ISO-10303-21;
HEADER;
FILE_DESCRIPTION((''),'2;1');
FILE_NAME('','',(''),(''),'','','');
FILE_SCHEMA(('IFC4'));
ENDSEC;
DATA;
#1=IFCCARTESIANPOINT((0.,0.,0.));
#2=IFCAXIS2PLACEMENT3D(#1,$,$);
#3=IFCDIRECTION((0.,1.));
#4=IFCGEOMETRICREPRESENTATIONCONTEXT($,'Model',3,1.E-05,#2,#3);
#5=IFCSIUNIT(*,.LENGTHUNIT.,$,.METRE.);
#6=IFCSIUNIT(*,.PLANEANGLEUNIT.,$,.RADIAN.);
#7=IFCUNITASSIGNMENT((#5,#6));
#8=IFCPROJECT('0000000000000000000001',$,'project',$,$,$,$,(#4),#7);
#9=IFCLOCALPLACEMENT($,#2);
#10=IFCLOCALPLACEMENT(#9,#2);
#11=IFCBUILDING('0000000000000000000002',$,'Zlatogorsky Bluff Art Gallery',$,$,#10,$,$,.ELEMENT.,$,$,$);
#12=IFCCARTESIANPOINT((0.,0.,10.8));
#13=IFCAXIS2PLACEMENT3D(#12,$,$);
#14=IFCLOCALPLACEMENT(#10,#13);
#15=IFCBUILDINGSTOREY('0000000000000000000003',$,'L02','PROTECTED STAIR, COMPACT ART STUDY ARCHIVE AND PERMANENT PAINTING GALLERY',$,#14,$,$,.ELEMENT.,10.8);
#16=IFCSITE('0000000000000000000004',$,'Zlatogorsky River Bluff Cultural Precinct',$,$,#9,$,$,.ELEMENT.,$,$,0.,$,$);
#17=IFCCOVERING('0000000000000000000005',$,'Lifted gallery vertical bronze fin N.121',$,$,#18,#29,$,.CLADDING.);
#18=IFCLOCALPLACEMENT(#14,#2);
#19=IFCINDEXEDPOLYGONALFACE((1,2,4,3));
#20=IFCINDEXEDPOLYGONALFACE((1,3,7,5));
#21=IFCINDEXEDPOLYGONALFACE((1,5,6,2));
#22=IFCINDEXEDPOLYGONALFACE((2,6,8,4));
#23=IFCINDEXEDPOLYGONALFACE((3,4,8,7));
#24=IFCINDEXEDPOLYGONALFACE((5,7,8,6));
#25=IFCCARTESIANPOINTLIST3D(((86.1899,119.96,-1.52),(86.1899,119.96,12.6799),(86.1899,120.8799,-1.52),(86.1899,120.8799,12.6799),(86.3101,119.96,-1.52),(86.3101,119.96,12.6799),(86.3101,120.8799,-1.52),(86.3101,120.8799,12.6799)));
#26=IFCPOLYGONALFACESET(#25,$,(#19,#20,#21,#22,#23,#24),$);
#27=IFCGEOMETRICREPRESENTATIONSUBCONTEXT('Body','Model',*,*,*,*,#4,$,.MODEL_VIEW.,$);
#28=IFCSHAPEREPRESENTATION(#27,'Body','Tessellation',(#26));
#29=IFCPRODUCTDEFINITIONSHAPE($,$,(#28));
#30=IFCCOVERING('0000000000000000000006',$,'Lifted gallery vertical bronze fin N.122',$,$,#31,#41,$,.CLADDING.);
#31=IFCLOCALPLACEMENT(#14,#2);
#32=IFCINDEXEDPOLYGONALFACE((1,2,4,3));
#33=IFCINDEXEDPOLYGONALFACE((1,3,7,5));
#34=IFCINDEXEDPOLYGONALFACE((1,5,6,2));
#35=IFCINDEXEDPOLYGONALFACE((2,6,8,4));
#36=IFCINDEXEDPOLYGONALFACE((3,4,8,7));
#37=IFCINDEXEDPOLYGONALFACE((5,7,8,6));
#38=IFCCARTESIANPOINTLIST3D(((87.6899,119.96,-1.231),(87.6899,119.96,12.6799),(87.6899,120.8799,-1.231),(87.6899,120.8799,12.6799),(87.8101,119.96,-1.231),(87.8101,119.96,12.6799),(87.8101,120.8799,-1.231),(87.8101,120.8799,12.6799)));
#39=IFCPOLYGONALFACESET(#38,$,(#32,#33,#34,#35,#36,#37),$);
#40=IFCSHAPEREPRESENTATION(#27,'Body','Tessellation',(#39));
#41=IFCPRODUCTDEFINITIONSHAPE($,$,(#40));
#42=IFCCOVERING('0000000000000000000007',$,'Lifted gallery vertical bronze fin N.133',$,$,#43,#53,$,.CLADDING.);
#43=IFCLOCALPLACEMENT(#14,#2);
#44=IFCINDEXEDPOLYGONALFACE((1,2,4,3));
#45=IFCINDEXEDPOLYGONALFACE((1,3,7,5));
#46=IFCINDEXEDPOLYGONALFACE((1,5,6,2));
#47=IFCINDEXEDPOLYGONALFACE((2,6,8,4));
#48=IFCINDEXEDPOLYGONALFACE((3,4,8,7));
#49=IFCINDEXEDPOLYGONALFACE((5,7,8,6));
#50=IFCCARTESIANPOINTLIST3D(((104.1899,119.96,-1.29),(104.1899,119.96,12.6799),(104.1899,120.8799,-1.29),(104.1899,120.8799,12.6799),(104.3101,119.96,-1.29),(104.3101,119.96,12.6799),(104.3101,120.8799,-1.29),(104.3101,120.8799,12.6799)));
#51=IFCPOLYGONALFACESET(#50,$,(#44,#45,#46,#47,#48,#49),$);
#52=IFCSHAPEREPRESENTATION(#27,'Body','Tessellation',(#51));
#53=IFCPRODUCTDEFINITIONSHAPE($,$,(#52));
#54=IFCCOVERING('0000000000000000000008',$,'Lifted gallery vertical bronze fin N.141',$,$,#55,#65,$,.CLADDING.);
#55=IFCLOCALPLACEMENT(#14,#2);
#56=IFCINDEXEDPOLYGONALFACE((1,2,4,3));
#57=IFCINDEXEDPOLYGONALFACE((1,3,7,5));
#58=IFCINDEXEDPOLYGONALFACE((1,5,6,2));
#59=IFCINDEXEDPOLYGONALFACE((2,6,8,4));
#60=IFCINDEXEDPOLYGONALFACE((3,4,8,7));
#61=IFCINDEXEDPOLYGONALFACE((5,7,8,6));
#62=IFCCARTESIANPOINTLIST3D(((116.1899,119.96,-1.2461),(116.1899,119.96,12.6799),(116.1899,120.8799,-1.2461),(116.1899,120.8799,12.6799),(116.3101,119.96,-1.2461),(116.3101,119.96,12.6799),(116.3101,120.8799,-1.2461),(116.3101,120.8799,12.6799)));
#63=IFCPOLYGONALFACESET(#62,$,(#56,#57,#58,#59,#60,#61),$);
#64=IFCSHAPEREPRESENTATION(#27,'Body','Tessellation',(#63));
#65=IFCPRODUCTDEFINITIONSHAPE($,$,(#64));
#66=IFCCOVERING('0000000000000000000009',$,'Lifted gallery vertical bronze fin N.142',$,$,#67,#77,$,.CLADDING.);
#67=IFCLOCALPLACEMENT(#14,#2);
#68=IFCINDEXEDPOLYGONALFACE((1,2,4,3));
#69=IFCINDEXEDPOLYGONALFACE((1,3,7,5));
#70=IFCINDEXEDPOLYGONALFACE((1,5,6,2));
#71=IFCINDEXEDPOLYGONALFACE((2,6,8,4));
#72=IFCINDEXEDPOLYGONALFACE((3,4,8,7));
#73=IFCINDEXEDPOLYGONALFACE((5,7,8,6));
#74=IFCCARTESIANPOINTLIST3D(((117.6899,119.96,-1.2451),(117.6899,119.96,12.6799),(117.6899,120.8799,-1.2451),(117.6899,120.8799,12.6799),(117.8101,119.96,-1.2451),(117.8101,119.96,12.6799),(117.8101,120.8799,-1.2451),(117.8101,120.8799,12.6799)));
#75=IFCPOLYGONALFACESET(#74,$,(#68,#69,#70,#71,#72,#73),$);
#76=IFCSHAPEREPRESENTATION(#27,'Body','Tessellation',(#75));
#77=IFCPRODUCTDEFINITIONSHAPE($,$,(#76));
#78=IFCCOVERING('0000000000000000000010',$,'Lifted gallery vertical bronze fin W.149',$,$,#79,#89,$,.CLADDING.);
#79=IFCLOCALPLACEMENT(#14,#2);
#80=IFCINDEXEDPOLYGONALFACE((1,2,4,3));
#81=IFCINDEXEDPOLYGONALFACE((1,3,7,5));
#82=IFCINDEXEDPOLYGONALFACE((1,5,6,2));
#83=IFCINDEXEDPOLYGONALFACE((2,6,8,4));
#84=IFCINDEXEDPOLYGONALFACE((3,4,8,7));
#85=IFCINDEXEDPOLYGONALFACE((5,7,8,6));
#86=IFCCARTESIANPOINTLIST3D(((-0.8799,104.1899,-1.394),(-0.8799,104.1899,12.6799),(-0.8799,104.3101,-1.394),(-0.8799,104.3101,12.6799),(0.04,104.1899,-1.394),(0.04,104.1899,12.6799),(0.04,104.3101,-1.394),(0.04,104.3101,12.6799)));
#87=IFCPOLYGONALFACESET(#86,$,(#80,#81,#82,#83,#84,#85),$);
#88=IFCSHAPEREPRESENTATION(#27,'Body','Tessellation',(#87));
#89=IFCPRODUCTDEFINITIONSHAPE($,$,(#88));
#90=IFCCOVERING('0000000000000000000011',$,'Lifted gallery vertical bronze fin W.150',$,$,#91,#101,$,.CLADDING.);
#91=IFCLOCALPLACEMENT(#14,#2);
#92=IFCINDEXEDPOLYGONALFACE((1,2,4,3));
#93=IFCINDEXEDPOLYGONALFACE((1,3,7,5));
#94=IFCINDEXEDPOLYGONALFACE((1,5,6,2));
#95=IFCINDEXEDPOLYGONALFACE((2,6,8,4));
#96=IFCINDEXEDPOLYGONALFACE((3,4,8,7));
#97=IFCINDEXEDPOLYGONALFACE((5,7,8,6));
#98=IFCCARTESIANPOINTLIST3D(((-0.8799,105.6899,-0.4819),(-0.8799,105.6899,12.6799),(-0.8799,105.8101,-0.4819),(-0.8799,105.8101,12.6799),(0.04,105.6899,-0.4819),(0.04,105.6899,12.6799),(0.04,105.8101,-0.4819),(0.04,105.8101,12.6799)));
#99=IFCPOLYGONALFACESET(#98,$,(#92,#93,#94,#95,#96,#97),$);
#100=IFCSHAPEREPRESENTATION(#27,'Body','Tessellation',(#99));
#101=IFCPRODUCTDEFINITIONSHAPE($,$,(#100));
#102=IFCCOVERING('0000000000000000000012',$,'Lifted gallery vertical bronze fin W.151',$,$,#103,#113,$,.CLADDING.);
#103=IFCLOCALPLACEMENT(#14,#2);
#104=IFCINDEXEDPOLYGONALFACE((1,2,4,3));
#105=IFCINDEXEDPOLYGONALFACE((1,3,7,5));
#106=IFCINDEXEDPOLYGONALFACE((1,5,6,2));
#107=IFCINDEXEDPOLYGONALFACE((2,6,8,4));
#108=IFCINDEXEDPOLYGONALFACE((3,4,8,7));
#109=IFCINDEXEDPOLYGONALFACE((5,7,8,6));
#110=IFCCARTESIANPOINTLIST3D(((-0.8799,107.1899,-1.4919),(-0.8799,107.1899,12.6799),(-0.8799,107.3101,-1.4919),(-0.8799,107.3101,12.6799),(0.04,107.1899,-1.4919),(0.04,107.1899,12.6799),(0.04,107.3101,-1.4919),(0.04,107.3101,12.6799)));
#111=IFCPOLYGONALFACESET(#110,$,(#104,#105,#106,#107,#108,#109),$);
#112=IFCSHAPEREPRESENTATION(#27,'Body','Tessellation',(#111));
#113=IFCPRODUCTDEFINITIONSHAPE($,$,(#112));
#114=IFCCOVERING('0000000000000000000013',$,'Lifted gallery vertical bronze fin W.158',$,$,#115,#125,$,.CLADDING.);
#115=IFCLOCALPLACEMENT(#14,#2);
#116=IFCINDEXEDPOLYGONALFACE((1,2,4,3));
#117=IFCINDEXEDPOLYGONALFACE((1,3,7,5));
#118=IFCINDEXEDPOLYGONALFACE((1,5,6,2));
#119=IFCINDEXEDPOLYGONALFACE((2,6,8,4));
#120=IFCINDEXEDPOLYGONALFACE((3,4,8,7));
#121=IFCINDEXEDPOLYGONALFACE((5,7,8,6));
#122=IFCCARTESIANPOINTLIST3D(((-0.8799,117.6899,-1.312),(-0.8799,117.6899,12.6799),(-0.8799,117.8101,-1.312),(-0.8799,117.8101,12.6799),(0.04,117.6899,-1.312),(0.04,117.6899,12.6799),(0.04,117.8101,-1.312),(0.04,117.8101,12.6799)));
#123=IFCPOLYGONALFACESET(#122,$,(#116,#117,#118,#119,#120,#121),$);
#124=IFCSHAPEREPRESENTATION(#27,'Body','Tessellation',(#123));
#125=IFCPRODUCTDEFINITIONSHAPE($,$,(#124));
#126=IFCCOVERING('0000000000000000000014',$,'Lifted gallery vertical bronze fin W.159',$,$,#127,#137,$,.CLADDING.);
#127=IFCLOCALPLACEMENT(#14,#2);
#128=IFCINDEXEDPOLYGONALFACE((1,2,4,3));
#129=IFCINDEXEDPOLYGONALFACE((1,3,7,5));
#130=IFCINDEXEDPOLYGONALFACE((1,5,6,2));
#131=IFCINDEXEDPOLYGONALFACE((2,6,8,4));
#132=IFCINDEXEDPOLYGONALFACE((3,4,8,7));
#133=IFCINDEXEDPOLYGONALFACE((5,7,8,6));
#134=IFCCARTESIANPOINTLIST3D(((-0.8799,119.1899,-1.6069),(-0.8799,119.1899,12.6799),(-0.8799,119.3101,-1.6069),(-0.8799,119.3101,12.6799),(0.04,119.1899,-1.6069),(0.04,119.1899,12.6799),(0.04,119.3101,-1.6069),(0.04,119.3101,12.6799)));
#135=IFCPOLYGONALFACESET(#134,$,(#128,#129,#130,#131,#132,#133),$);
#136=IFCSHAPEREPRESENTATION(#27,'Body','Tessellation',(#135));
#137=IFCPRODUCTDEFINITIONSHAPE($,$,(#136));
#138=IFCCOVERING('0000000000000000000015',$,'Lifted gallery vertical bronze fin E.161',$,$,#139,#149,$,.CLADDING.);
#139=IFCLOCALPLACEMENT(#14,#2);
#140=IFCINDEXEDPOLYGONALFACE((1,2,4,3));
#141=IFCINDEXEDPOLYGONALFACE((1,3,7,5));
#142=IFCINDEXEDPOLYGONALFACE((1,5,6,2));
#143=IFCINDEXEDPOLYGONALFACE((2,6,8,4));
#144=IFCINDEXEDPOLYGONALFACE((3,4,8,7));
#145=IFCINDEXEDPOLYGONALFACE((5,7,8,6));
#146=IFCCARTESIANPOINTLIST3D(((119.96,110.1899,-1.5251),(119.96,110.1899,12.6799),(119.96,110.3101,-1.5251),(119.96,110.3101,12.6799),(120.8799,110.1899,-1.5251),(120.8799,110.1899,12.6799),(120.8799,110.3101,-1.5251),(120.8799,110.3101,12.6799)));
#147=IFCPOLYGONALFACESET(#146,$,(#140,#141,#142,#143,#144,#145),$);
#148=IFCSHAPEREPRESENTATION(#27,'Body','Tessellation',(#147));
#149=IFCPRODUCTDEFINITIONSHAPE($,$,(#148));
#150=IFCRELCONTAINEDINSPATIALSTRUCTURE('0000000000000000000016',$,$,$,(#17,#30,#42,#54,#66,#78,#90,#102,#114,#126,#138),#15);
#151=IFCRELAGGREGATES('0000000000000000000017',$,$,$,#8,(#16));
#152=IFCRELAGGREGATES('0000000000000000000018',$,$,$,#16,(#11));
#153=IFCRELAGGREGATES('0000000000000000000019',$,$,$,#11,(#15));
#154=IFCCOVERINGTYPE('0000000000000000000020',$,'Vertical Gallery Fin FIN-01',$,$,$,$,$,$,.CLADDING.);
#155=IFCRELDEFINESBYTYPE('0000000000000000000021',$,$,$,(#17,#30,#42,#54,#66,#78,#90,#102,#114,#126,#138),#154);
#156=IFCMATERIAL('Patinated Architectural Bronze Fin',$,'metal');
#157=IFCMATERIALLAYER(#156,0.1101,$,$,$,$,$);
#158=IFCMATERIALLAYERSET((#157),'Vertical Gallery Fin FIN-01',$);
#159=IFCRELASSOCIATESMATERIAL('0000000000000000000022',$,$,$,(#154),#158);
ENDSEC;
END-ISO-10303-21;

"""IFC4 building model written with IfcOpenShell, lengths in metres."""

from ifc_helpers import new_model, si_unit, direction, frame, origin, place, context, subcontext, project, spatial, polyline, outline, extrude, material, layer, layer_set, type_object, element, save


model = new_model("IFC4")

# Units and contexts
model_context = context("Model", 3, precision=1e-05, world=origin(), true_north=direction((0.0, 1.0)))
body_context = subcontext(model_context, "Body", "Model", "MODEL_VIEW")
ifc_project = project(units=[si_unit("LENGTHUNIT", "METRE"), si_unit("PLANEANGLEUNIT", "RADIAN")], contexts=[model_context])

# Site, building, storey
site_placement = place(None, origin())
site = spatial("IfcSite", under=ifc_project, at=site_placement, Name="Zlatogorsky River Bluff Cultural Precinct", CompositionType="ELEMENT", RefElevation=0.0)
building_placement = place(site_placement, origin())
building = spatial("IfcBuilding", under=site, at=building_placement, Name="Zlatogorsky Bluff Art Gallery", CompositionType="ELEMENT")
storey_placement = place(building_placement, frame((0.0, 0.0, 10.8)))
storey = spatial("IfcBuildingStorey", under=building, at=storey_placement, Name="L02", Description="PROTECTED STAIR, COMPACT ART STUDY ARCHIVE AND PERMANENT PAINTING GALLERY", CompositionType="ELEMENT", Elevation=10.8)

# Coverings
ifc_material_1 = material(Name="Patinated Architectural Bronze Fin", Category="metal")
ifc_layer_1 = layer(ifc_material_1, 0.1101)
ifc_layer_set_1 = layer_set([ifc_layer_1], Name="Vertical Gallery Fin FIN-01")
covering_type_1 = type_object("IfcCoveringType", Name="Vertical Gallery Fin FIN-01", PredefinedType="CLADDING", material=ifc_layer_set_1)
covering_1_placement = place(storey_placement, frame((0.0, 0.0, -1.52)))
element("IfcCovering", 1, at=covering_1_placement, inside=storey, type_object=covering_type_1, Name="Lifted gallery vertical bronze fin N.121", PredefinedType="CLADDING", context=body_context, shape_type="SweptSolid", body=[
    extrude(outline(polyline([(86.1899, 119.96), (86.3101, 119.96), (86.3101, 120.8799), (86.1899, 120.8799), (86.1899, 119.96)])), origin(), (0.0, 0.0, 1.0), 14.2),
])
covering_2_placement = place(storey_placement, frame((0.0, 0.0, -1.231)))
element("IfcCovering", 2, at=covering_2_placement, inside=storey, type_object=covering_type_1, Name="Lifted gallery vertical bronze fin N.122", PredefinedType="CLADDING", context=body_context, shape_type="SweptSolid", body=[
    extrude(outline(polyline([(87.6899, 119.96), (87.8101, 119.96), (87.8101, 120.8799), (87.6899, 120.8799), (87.6899, 119.96)])), origin(), (0.0, 0.0, 1.0), 13.9109),
])
covering_3_placement = place(storey_placement, frame((0.0, 0.0, -1.29)))
element("IfcCovering", 3, at=covering_3_placement, inside=storey, type_object=covering_type_1, Name="Lifted gallery vertical bronze fin N.133", PredefinedType="CLADDING", context=body_context, shape_type="SweptSolid", body=[
    extrude(outline(polyline([(104.1899, 119.96), (104.3101, 119.96), (104.3101, 120.8799), (104.1899, 120.8799), (104.1899, 119.96)])), origin(), (0.0, 0.0, 1.0), 13.97),
])
covering_4_placement = place(storey_placement, frame((0.0, 0.0, -1.2461)))
element("IfcCovering", 4, at=covering_4_placement, inside=storey, type_object=covering_type_1, Name="Lifted gallery vertical bronze fin N.141", PredefinedType="CLADDING", context=body_context, shape_type="SweptSolid", body=[
    extrude(outline(polyline([(116.1899, 119.96), (116.3101, 119.96), (116.3101, 120.8799), (116.1899, 120.8799), (116.1899, 119.96)])), origin(), (0.0, 0.0, 1.0), 13.926),
])
covering_5_placement = place(storey_placement, frame((0.0, 0.0, -1.2451)))
element("IfcCovering", 5, at=covering_5_placement, inside=storey, type_object=covering_type_1, Name="Lifted gallery vertical bronze fin N.142", PredefinedType="CLADDING", context=body_context, shape_type="SweptSolid", body=[
    extrude(outline(polyline([(117.6899, 119.96), (117.8101, 119.96), (117.8101, 120.8799), (117.6899, 120.8799), (117.6899, 119.96)])), origin(), (0.0, 0.0, 1.0), 13.925),
])
covering_6_placement = place(storey_placement, frame((0.0, 0.0, -1.394)))
element("IfcCovering", 6, at=covering_6_placement, inside=storey, type_object=covering_type_1, Name="Lifted gallery vertical bronze fin W.149", PredefinedType="CLADDING", context=body_context, shape_type="SweptSolid", body=[
    extrude(outline(polyline([(-0.8799, 104.1899), (0.04, 104.1899), (0.04, 104.3101), (-0.8799, 104.3101), (-0.8799, 104.1899)])), origin(), (0.0, 0.0, 1.0), 14.074),
])
covering_7_placement = place(storey_placement, frame((0.0, 0.0, -0.4819)))
element("IfcCovering", 7, at=covering_7_placement, inside=storey, type_object=covering_type_1, Name="Lifted gallery vertical bronze fin W.150", PredefinedType="CLADDING", context=body_context, shape_type="SweptSolid", body=[
    extrude(outline(polyline([(-0.8799, 105.6899), (0.04, 105.6899), (0.04, 105.8101), (-0.8799, 105.8101), (-0.8799, 105.6899)])), origin(), (0.0, 0.0, 1.0), 13.1619),
])
covering_8_placement = place(storey_placement, frame((0.0, 0.0, -1.4919)))
element("IfcCovering", 8, at=covering_8_placement, inside=storey, type_object=covering_type_1, Name="Lifted gallery vertical bronze fin W.151", PredefinedType="CLADDING", context=body_context, shape_type="SweptSolid", body=[
    extrude(outline(polyline([(-0.8799, 107.1899), (0.04, 107.1899), (0.04, 107.3101), (-0.8799, 107.3101), (-0.8799, 107.1899)])), origin(), (0.0, 0.0, 1.0), 14.1719),
])
covering_9_placement = place(storey_placement, frame((0.0, 0.0, -1.312)))
element("IfcCovering", 9, at=covering_9_placement, inside=storey, type_object=covering_type_1, Name="Lifted gallery vertical bronze fin W.158", PredefinedType="CLADDING", context=body_context, shape_type="SweptSolid", body=[
    extrude(outline(polyline([(-0.8799, 117.6899), (0.04, 117.6899), (0.04, 117.8101), (-0.8799, 117.8101), (-0.8799, 117.6899)])), origin(), (0.0, 0.0, 1.0), 13.9919),
])
covering_10_placement = place(storey_placement, frame((0.0, 0.0, -1.6069)))
element("IfcCovering", 10, at=covering_10_placement, inside=storey, type_object=covering_type_1, Name="Lifted gallery vertical bronze fin W.159", PredefinedType="CLADDING", context=body_context, shape_type="SweptSolid", body=[
    extrude(outline(polyline([(-0.8799, 119.1899), (0.04, 119.1899), (0.04, 119.3101), (-0.8799, 119.3101), (-0.8799, 119.1899)])), origin(), (0.0, 0.0, 1.0), 14.2869),
])
covering_11_placement = place(storey_placement, frame((0.0, 0.0, -1.5251)))
element("IfcCovering", 11, at=covering_11_placement, inside=storey, type_object=covering_type_1, Name="Lifted gallery vertical bronze fin E.161", PredefinedType="CLADDING", context=body_context, shape_type="SweptSolid", body=[
    extrude(outline(polyline([(119.96, 110.1899), (120.8799, 110.1899), (120.8799, 110.3101), (119.96, 110.3101), (119.96, 110.1899)])), origin(), (0.0, 0.0, 1.0), 14.2051),
])

save(model, "model.ifc")
